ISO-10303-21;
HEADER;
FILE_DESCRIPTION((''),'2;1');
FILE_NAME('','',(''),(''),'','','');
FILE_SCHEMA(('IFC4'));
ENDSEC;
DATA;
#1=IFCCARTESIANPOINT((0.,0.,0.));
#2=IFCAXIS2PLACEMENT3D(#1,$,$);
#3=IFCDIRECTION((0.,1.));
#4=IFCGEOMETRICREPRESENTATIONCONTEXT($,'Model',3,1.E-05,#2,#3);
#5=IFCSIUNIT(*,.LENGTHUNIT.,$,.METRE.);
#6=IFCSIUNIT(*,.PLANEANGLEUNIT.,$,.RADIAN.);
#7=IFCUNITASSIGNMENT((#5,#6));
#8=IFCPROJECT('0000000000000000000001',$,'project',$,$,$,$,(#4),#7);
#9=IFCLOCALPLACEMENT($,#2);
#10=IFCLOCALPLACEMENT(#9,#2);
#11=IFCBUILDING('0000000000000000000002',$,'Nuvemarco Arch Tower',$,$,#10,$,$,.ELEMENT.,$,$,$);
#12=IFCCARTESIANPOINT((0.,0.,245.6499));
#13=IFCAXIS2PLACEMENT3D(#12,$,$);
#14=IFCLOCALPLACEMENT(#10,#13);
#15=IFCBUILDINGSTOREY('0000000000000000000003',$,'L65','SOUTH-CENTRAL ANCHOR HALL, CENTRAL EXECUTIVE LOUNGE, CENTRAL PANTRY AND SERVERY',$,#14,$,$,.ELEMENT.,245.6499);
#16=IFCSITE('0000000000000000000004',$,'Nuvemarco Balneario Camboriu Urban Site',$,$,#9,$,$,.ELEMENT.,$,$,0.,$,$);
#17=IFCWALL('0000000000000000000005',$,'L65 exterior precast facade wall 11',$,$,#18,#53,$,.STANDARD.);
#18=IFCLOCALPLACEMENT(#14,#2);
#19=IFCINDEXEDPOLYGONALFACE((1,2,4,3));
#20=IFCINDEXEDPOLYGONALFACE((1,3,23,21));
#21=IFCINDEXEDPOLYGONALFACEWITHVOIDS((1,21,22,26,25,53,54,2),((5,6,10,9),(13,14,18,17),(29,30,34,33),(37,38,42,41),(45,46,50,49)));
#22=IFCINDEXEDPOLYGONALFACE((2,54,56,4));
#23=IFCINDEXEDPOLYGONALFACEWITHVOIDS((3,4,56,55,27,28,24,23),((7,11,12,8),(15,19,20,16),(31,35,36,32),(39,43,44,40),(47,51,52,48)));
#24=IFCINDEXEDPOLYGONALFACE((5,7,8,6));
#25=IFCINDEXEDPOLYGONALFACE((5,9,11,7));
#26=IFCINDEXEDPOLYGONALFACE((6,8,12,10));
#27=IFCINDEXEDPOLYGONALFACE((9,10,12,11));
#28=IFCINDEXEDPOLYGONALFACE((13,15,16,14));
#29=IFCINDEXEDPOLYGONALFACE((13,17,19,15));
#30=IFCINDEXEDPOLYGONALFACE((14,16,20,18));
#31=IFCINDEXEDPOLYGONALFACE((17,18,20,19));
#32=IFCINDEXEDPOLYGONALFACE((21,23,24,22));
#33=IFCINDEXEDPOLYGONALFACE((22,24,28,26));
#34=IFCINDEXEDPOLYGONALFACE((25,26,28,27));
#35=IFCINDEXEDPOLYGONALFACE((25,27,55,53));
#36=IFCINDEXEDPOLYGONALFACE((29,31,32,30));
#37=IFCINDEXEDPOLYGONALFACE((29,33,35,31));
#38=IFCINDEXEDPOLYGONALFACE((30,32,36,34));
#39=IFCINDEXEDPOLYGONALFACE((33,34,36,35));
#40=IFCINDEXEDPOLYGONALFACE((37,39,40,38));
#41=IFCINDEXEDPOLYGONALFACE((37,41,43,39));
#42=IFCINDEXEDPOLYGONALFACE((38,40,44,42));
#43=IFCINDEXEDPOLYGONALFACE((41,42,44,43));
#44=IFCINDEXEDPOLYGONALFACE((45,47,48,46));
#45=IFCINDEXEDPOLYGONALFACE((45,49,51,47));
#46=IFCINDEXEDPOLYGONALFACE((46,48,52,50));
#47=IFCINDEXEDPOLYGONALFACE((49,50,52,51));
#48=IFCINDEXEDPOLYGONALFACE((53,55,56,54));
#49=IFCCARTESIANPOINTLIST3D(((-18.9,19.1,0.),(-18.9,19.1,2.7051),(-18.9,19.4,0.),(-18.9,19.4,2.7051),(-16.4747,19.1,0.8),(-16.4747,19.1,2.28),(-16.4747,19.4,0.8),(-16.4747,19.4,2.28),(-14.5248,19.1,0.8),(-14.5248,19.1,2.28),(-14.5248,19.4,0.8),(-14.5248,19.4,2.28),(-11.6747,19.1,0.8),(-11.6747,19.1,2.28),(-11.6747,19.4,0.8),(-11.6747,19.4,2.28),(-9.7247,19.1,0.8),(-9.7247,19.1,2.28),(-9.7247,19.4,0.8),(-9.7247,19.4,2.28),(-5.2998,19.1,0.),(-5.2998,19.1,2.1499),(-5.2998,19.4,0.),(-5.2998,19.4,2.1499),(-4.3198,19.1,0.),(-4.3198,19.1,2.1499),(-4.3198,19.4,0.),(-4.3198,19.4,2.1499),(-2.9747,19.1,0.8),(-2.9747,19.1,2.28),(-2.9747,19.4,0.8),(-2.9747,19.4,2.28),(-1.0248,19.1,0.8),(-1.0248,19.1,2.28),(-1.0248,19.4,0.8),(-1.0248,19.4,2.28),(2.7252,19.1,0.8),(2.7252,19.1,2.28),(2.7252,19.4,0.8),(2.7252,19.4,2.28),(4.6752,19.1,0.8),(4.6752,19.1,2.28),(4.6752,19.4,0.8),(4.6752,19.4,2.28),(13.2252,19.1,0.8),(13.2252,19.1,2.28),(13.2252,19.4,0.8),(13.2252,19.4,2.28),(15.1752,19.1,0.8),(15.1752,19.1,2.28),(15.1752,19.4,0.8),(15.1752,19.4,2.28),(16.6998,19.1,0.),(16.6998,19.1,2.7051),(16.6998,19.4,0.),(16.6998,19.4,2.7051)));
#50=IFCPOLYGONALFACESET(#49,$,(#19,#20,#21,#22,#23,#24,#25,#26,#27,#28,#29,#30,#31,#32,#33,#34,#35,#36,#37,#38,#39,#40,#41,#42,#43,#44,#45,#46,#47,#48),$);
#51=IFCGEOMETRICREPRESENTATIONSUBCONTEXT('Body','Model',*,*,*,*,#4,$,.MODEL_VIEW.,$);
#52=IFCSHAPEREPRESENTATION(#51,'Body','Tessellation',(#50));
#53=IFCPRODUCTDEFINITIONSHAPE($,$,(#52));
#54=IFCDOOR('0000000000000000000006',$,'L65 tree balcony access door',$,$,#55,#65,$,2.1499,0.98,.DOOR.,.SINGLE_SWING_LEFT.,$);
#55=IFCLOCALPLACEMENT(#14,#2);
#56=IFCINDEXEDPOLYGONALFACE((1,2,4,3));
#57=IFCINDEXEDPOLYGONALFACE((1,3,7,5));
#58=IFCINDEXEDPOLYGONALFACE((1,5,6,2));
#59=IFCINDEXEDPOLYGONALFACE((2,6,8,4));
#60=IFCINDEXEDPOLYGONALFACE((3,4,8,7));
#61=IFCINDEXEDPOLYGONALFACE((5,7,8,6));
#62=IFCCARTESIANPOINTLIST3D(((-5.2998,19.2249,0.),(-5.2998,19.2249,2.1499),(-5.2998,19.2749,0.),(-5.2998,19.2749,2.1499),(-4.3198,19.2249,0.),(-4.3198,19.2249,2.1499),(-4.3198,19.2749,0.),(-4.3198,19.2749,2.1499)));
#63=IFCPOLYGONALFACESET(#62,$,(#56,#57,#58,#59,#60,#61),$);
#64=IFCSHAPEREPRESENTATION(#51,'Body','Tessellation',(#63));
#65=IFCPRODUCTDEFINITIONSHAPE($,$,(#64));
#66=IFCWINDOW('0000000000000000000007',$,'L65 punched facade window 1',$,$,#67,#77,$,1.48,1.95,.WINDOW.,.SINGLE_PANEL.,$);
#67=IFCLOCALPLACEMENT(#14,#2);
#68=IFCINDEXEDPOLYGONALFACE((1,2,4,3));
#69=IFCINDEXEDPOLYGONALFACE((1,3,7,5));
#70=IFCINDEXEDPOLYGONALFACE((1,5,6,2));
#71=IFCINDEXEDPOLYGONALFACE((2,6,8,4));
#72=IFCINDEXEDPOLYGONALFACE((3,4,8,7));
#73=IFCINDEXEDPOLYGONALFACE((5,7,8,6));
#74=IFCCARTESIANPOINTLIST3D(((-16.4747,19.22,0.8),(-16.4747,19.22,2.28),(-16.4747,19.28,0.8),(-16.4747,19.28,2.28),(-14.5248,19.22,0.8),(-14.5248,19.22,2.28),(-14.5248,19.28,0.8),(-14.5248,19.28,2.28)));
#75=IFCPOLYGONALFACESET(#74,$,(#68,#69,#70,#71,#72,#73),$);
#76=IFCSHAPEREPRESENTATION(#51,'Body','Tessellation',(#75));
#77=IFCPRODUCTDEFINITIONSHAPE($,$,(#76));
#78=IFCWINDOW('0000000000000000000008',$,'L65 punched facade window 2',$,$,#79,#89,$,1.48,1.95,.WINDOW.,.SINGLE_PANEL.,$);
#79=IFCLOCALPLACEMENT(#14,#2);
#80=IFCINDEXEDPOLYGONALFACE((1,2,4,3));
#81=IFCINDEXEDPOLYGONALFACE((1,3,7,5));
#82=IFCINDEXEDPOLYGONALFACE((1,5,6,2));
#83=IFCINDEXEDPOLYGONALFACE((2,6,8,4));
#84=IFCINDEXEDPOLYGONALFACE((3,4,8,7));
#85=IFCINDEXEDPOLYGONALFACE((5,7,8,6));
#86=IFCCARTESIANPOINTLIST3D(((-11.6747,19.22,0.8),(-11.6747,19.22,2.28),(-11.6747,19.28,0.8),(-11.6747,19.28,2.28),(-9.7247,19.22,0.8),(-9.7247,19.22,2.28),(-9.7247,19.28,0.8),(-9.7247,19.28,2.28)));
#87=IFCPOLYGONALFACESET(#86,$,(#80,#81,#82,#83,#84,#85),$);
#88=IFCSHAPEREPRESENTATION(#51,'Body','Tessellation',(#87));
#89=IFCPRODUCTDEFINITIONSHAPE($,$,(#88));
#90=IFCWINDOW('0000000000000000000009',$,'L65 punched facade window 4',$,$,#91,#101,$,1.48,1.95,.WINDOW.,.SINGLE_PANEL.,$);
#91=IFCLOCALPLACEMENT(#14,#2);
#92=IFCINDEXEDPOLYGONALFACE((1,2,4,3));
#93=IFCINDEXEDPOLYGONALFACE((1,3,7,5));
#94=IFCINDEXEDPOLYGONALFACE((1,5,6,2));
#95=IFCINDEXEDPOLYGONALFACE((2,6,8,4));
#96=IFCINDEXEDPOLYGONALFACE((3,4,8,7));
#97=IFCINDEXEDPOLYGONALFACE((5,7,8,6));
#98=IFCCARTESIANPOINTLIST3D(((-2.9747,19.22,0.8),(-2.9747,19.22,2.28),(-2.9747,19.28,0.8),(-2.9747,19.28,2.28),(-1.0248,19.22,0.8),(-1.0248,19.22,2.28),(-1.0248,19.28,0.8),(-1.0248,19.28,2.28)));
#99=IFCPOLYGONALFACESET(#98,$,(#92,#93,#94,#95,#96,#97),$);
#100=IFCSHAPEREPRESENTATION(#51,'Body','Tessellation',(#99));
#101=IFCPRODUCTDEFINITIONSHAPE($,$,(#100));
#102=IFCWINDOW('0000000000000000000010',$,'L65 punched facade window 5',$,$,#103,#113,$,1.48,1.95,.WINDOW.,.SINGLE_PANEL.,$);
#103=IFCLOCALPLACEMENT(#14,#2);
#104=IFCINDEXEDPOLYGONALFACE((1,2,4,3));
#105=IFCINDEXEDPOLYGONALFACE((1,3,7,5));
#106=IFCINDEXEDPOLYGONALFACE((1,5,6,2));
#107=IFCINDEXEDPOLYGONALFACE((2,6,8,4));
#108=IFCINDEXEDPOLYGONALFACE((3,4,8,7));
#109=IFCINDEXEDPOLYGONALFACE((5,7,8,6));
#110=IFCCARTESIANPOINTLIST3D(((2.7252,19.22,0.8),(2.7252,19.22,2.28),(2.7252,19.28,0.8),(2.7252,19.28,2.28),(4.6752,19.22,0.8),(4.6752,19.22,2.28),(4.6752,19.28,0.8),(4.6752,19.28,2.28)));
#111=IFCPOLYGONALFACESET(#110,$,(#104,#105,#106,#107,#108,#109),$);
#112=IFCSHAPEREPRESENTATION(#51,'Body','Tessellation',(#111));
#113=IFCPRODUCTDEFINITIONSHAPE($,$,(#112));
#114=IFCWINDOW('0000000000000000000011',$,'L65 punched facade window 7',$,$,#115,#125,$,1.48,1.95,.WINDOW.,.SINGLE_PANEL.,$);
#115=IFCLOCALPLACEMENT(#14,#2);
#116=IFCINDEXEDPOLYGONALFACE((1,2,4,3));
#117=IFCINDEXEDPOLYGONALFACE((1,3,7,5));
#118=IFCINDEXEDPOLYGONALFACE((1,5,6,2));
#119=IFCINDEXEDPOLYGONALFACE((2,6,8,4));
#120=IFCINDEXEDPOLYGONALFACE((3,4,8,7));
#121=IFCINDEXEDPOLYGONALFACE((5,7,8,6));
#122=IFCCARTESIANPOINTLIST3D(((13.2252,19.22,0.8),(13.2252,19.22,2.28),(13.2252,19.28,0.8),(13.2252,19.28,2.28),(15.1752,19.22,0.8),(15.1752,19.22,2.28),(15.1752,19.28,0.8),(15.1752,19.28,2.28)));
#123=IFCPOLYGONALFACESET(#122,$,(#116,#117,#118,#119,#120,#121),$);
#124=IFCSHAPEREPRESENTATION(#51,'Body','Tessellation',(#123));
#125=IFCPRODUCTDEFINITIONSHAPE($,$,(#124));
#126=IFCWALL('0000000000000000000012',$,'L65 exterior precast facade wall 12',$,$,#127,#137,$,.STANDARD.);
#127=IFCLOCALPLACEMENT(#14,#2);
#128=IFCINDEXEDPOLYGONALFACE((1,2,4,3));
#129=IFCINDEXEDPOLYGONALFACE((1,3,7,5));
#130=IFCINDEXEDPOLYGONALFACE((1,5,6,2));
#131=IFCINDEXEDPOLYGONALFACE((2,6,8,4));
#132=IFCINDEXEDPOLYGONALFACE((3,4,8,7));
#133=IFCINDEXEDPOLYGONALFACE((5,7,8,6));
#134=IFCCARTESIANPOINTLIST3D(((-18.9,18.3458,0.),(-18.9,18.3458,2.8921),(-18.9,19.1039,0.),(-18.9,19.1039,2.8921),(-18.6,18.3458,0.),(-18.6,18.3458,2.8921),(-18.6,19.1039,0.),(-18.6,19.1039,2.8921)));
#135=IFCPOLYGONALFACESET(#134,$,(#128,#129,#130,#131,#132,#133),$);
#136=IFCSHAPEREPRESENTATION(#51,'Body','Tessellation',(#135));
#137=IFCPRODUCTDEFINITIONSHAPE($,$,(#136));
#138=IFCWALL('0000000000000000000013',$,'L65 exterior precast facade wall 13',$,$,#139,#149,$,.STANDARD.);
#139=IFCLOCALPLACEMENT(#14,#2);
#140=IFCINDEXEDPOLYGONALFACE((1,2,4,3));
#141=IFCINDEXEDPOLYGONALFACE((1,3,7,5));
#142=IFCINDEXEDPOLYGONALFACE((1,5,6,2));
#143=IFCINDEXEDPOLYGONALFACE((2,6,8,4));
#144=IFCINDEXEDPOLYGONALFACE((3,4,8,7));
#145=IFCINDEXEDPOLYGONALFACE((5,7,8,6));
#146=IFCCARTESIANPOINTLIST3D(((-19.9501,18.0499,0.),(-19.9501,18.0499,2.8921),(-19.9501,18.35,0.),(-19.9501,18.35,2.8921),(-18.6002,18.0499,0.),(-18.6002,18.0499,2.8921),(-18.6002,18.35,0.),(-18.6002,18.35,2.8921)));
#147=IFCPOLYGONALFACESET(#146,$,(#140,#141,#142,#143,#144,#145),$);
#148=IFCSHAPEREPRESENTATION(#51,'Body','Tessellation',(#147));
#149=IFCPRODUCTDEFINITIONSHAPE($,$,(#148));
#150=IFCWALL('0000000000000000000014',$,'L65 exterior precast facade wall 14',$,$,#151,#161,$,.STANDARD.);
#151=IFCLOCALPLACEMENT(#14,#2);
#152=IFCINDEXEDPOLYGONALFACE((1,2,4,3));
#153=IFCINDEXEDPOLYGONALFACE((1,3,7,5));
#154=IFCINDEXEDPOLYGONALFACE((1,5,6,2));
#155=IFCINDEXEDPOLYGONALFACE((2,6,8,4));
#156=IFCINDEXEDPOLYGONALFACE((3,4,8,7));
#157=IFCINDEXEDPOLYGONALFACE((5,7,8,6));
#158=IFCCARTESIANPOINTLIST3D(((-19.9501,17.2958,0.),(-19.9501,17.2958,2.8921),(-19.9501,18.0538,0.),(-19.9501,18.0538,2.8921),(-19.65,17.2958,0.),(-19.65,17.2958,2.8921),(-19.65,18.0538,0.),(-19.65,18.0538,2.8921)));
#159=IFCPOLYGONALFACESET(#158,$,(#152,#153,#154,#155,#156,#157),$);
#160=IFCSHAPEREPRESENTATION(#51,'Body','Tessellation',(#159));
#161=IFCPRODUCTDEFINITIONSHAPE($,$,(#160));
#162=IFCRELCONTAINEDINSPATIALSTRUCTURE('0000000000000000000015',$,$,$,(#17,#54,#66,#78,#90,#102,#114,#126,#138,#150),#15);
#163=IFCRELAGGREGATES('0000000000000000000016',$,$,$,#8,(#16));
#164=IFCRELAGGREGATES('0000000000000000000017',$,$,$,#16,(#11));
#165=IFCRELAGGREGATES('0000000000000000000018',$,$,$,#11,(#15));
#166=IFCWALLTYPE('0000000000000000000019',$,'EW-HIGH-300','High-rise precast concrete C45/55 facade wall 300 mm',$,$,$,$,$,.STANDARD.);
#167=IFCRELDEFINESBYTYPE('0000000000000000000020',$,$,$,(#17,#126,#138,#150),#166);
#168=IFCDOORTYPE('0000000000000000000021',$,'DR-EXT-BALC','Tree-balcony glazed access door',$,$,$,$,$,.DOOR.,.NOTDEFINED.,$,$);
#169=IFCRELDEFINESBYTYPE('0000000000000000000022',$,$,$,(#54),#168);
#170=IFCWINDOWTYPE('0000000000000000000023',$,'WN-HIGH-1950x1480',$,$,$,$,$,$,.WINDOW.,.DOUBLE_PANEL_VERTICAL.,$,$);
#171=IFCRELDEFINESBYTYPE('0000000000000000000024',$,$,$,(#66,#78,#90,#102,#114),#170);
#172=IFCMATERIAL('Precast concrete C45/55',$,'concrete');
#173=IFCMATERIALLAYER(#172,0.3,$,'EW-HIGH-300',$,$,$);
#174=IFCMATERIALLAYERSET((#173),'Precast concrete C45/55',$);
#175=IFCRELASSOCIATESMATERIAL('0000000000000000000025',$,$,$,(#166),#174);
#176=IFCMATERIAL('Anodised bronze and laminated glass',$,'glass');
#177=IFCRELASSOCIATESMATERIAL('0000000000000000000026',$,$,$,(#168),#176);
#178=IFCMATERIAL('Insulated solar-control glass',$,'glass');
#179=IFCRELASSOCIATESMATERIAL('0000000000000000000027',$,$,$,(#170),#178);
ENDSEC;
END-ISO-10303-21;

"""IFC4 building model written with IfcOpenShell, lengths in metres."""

from ifc_helpers import new_model, si_unit, direction, frame, frame_2d, origin, place, context, subcontext, project, spatial, rectangle, extrude, source, transform, mapped, material, layer, layer_set, type_object, type_shapes, element, fill, save


model = new_model("IFC4")

# Units and contexts
model_context = context("Model", 3, precision=1e-05, world=origin(), true_north=direction((0.0, 1.0)))
body_context = subcontext(model_context, "Body", "Model", "MODEL_VIEW")
ifc_project = project(units=[si_unit("LENGTHUNIT", "METRE"), si_unit("PLANEANGLEUNIT", "RADIAN")], contexts=[model_context])

# Site, building, storey
site_placement = place(None, origin())
site = spatial("IfcSite", under=ifc_project, at=site_placement, Name="Nuvemarco Balneario Camboriu Urban Site", CompositionType="ELEMENT", RefElevation=0.0)
building_placement = place(site_placement, origin())
building = spatial("IfcBuilding", under=site, at=building_placement, Name="Nuvemarco Arch Tower", CompositionType="ELEMENT")
storey_placement = place(building_placement, frame((0.0, 0.0, 245.6499)))
storey = spatial("IfcBuildingStorey", under=building, at=storey_placement, Name="L65", Description="SOUTH-CENTRAL ANCHOR HALL, CENTRAL EXECUTIVE LOUNGE, CENTRAL PANTRY AND SERVERY", CompositionType="ELEMENT", Elevation=245.6499)

# Wall, openings, door, windows
ifc_material_1 = material(Name="Precast concrete C45/55", Category="concrete")
ifc_layer_1 = layer(ifc_material_1, 0.3, Name="EW-HIGH-300")
ifc_layer_set_1 = layer_set([ifc_layer_1], Name="Precast concrete C45/55")
wall_type_1 = type_object("IfcWallType", Name="EW-HIGH-300", Description="High-rise precast concrete C45/55 facade wall 300 mm", PredefinedType="STANDARD", material=ifc_layer_set_1)
wall_1_placement = place(storey_placement, frame((-18.8999, 19.25, 0.0), z_axis=(0.0, 0.0, 1.0), x_axis=(1.0, 0.0, 0.0)))
wall_1 = element("IfcWall", 1, at=wall_1_placement, inside=storey, type_object=wall_type_1, Name="L65 exterior precast facade wall 11", PredefinedType="STANDARD", context=body_context, shape_type="SweptSolid", body=[
    extrude(rectangle(XDim=35.5999, YDim=0.3, at=frame_2d((17.7998, 0.0))), origin(), (0.0, 0.0, 1.0), 2.7051),
])
opening_1_placement = place(wall_1_placement, frame((13.6001, 0.0, 0.0)))
opening_1 = element("IfcOpeningElement", 2, at=opening_1_placement, cuts=wall_1, PredefinedType="OPENING", context=body_context, shape_type="SweptSolid", body=[
    extrude(rectangle(XDim=0.98, YDim=2.1499, at=frame_2d((0.49, 1.075))), frame((0.0, 0.1599, 0.0), z_axis=(0.0, -1.0, 0.0), x_axis=(1.0, 0.0, 0.0)), (0.0, 0.0, 1.0), 0.3201),
])
opening_2_placement = place(wall_1_placement, frame((2.425, 0.0, 0.8)))
opening_2 = element("IfcOpeningElement", 3, at=opening_2_placement, cuts=wall_1, PredefinedType="OPENING", context=body_context, shape_type="SweptSolid", body=[
    extrude(rectangle(XDim=1.95, YDim=1.48, at=frame_2d((0.9751, 0.74))), frame((0.0, 0.1599, 0.0), z_axis=(0.0, -1.0, 0.0), x_axis=(1.0, 0.0, 0.0)), (0.0, 0.0, 1.0), 0.3201),
])
opening_3_placement = place(wall_1_placement, frame((7.2251, 0.0, 0.8)))
opening_3 = element("IfcOpeningElement", 4, at=opening_3_placement, cuts=wall_1, PredefinedType="OPENING", context=body_context, shape_type="SweptSolid", body=[
    extrude(rectangle(XDim=1.95, YDim=1.48, at=frame_2d((0.9751, 0.74))), frame((0.0, 0.1599, 0.0), z_axis=(0.0, -1.0, 0.0), x_axis=(1.0, 0.0, 0.0)), (0.0, 0.0, 1.0), 0.3201),
])
opening_4_placement = place(wall_1_placement, frame((15.925, 0.0, 0.8)))
opening_4 = element("IfcOpeningElement", 5, at=opening_4_placement, cuts=wall_1, PredefinedType="OPENING", context=body_context, shape_type="SweptSolid", body=[
    extrude(rectangle(XDim=1.95, YDim=1.48, at=frame_2d((0.9751, 0.74))), frame((0.0, 0.1599, 0.0), z_axis=(0.0, -1.0, 0.0), x_axis=(1.0, 0.0, 0.0)), (0.0, 0.0, 1.0), 0.3201),
])
opening_5_placement = place(wall_1_placement, frame((21.625, 0.0, 0.8)))
opening_5 = element("IfcOpeningElement", 6, at=opening_5_placement, cuts=wall_1, PredefinedType="OPENING", context=body_context, shape_type="SweptSolid", body=[
    extrude(rectangle(XDim=1.95, YDim=1.48, at=frame_2d((0.9751, 0.74))), frame((0.0, 0.1599, 0.0), z_axis=(0.0, -1.0, 0.0), x_axis=(1.0, 0.0, 0.0)), (0.0, 0.0, 1.0), 0.3201),
])
opening_6_placement = place(wall_1_placement, frame((32.125, 0.0, 0.8)))
opening_6 = element("IfcOpeningElement", 7, at=opening_6_placement, cuts=wall_1, PredefinedType="OPENING", context=body_context, shape_type="SweptSolid", body=[
    extrude(rectangle(XDim=1.95, YDim=1.48, at=frame_2d((0.9751, 0.74))), frame((0.0, 0.1599, 0.0), z_axis=(0.0, -1.0, 0.0), x_axis=(1.0, 0.0, 0.0)), (0.0, 0.0, 1.0), 0.3201),
])
ifc_material_2 = material(Name="Anodised bronze and laminated glass", Category="glass")
door_type_1 = type_object("IfcDoorType", Name="DR-EXT-BALC", Description="Tree-balcony glazed access door", OperationType="NOTDEFINED", PredefinedType="DOOR", material=ifc_material_2)
shared_shape_1 = source(origin(), body_context, "Body", "SweptSolid", [
    extrude(rectangle(XDim=0.98, YDim=2.1499, at=frame_2d((0.49, 1.075))), frame((0.0, 0.0249, 0.0), z_axis=(0.0, -1.0, 0.0), x_axis=(1.0, 0.0, 0.0)), (0.0, 0.0, 1.0), 0.05),
])
type_shapes(door_type_1, [shared_shape_1])
door_1_placement = place(opening_1_placement, origin())
door_1 = element("IfcDoor", 8, at=door_1_placement, inside=storey, type_object=door_type_1, Name="L65 tree balcony access door", OperationType="SINGLE_SWING_LEFT", OverallHeight=2.1499, OverallWidth=0.98, PredefinedType="DOOR", context=body_context, shape_type="MappedRepresentation", body=[
    mapped(shared_shape_1, transform((0.0, 0.0, 0.0), scale=1.0)),
])
fill(opening_1, door_1)
ifc_material_3 = material(Name="Insulated solar-control glass", Category="glass")
window_type = type_object("IfcWindowType", Name="WN-HIGH-1950x1480", PartitioningType="DOUBLE_PANEL_VERTICAL", PredefinedType="WINDOW", material=ifc_material_3)
shared_shape_2 = source(origin(), body_context, "Body", "SweptSolid", [
    extrude(rectangle(XDim=1.95, YDim=1.48, at=frame_2d((0.9751, 0.74))), frame((0.0, 0.03, 0.0), z_axis=(0.0, -1.0, 0.0), x_axis=(1.0, 0.0, 0.0)), (0.0, 0.0, 1.0), 0.0601),
])
type_shapes(window_type, [shared_shape_2])
window_1_placement = place(opening_2_placement, origin())
window_1 = element("IfcWindow", 9, at=window_1_placement, inside=storey, type_object=window_type, Name="L65 punched facade window 1", OverallHeight=1.48, OverallWidth=1.95, PartitioningType="SINGLE_PANEL", PredefinedType="WINDOW", context=body_context, shape_type="MappedRepresentation", body=[
    mapped(shared_shape_2, transform((0.0, 0.0, 0.0), scale=1.0)),
])
fill(opening_2, window_1)
window_2_placement = place(opening_3_placement, origin())
window_2 = element("IfcWindow", 10, at=window_2_placement, inside=storey, type_object=window_type, Name="L65 punched facade window 2", OverallHeight=1.48, OverallWidth=1.95, PartitioningType="SINGLE_PANEL", PredefinedType="WINDOW", context=body_context, shape_type="MappedRepresentation", body=[
    mapped(shared_shape_2, transform((0.0, 0.0, 0.0), scale=1.0)),
])
fill(opening_3, window_2)
window_3_placement = place(opening_4_placement, origin())
window_3 = element("IfcWindow", 11, at=window_3_placement, inside=storey, type_object=window_type, Name="L65 punched facade window 4", OverallHeight=1.48, OverallWidth=1.95, PartitioningType="SINGLE_PANEL", PredefinedType="WINDOW", context=body_context, shape_type="MappedRepresentation", body=[
    mapped(shared_shape_2, transform((0.0, 0.0, 0.0), scale=1.0)),
])
fill(opening_4, window_3)
window_4_placement = place(opening_5_placement, origin())
window_4 = element("IfcWindow", 12, at=window_4_placement, inside=storey, type_object=window_type, Name="L65 punched facade window 5", OverallHeight=1.48, OverallWidth=1.95, PartitioningType="SINGLE_PANEL", PredefinedType="WINDOW", context=body_context, shape_type="MappedRepresentation", body=[
    mapped(shared_shape_2, transform((0.0, 0.0, 0.0), scale=1.0)),
])
fill(opening_5, window_4)
window_5_placement = place(opening_6_placement, origin())
window_5 = element("IfcWindow", 13, at=window_5_placement, inside=storey, type_object=window_type, Name="L65 punched facade window 7", OverallHeight=1.48, OverallWidth=1.95, PartitioningType="SINGLE_PANEL", PredefinedType="WINDOW", context=body_context, shape_type="MappedRepresentation", body=[
    mapped(shared_shape_2, transform((0.0, 0.0, 0.0), scale=1.0)),
])
fill(opening_6, window_5)

# Walls
wall_2_placement = place(storey_placement, frame((-18.75, 18.3459, 0.0), z_axis=(0.0, 0.0, 1.0), x_axis=(0.0, 1.0, 0.0)))
element("IfcWall", 14, at=wall_2_placement, inside=storey, type_object=wall_type_1, Name="L65 exterior precast facade wall 12", PredefinedType="STANDARD", context=body_context, shape_type="SweptSolid", body=[
    extrude(rectangle(XDim=0.7581, YDim=0.3, at=frame_2d((0.3789, 0.0))), origin(), (0.0, 0.0, 1.0), 2.8921),
])
wall_3_placement = place(storey_placement, frame((-19.95, 18.2, 0.0), z_axis=(0.0, 0.0, 1.0), x_axis=(1.0, 0.0, 0.0)))
element("IfcWall", 15, at=wall_3_placement, inside=storey, type_object=wall_type_1, Name="L65 exterior precast facade wall 13", PredefinedType="STANDARD", context=body_context, shape_type="SweptSolid", body=[
    extrude(rectangle(XDim=1.3499, YDim=0.3, at=frame_2d((0.6748, 0.0))), origin(), (0.0, 0.0, 1.0), 2.8921),
])
wall_4_placement = place(storey_placement, frame((-19.8, 17.2959, 0.0), z_axis=(0.0, 0.0, 1.0), x_axis=(0.0, 1.0, 0.0)))
element("IfcWall", 16, at=wall_4_placement, inside=storey, type_object=wall_type_1, Name="L65 exterior precast facade wall 14", PredefinedType="STANDARD", context=body_context, shape_type="SweptSolid", body=[
    extrude(rectangle(XDim=0.7581, YDim=0.3, at=frame_2d((0.3789, 0.0))), origin(), (0.0, 0.0, 1.0), 2.8921),
])

save(model, "model.ifc")
